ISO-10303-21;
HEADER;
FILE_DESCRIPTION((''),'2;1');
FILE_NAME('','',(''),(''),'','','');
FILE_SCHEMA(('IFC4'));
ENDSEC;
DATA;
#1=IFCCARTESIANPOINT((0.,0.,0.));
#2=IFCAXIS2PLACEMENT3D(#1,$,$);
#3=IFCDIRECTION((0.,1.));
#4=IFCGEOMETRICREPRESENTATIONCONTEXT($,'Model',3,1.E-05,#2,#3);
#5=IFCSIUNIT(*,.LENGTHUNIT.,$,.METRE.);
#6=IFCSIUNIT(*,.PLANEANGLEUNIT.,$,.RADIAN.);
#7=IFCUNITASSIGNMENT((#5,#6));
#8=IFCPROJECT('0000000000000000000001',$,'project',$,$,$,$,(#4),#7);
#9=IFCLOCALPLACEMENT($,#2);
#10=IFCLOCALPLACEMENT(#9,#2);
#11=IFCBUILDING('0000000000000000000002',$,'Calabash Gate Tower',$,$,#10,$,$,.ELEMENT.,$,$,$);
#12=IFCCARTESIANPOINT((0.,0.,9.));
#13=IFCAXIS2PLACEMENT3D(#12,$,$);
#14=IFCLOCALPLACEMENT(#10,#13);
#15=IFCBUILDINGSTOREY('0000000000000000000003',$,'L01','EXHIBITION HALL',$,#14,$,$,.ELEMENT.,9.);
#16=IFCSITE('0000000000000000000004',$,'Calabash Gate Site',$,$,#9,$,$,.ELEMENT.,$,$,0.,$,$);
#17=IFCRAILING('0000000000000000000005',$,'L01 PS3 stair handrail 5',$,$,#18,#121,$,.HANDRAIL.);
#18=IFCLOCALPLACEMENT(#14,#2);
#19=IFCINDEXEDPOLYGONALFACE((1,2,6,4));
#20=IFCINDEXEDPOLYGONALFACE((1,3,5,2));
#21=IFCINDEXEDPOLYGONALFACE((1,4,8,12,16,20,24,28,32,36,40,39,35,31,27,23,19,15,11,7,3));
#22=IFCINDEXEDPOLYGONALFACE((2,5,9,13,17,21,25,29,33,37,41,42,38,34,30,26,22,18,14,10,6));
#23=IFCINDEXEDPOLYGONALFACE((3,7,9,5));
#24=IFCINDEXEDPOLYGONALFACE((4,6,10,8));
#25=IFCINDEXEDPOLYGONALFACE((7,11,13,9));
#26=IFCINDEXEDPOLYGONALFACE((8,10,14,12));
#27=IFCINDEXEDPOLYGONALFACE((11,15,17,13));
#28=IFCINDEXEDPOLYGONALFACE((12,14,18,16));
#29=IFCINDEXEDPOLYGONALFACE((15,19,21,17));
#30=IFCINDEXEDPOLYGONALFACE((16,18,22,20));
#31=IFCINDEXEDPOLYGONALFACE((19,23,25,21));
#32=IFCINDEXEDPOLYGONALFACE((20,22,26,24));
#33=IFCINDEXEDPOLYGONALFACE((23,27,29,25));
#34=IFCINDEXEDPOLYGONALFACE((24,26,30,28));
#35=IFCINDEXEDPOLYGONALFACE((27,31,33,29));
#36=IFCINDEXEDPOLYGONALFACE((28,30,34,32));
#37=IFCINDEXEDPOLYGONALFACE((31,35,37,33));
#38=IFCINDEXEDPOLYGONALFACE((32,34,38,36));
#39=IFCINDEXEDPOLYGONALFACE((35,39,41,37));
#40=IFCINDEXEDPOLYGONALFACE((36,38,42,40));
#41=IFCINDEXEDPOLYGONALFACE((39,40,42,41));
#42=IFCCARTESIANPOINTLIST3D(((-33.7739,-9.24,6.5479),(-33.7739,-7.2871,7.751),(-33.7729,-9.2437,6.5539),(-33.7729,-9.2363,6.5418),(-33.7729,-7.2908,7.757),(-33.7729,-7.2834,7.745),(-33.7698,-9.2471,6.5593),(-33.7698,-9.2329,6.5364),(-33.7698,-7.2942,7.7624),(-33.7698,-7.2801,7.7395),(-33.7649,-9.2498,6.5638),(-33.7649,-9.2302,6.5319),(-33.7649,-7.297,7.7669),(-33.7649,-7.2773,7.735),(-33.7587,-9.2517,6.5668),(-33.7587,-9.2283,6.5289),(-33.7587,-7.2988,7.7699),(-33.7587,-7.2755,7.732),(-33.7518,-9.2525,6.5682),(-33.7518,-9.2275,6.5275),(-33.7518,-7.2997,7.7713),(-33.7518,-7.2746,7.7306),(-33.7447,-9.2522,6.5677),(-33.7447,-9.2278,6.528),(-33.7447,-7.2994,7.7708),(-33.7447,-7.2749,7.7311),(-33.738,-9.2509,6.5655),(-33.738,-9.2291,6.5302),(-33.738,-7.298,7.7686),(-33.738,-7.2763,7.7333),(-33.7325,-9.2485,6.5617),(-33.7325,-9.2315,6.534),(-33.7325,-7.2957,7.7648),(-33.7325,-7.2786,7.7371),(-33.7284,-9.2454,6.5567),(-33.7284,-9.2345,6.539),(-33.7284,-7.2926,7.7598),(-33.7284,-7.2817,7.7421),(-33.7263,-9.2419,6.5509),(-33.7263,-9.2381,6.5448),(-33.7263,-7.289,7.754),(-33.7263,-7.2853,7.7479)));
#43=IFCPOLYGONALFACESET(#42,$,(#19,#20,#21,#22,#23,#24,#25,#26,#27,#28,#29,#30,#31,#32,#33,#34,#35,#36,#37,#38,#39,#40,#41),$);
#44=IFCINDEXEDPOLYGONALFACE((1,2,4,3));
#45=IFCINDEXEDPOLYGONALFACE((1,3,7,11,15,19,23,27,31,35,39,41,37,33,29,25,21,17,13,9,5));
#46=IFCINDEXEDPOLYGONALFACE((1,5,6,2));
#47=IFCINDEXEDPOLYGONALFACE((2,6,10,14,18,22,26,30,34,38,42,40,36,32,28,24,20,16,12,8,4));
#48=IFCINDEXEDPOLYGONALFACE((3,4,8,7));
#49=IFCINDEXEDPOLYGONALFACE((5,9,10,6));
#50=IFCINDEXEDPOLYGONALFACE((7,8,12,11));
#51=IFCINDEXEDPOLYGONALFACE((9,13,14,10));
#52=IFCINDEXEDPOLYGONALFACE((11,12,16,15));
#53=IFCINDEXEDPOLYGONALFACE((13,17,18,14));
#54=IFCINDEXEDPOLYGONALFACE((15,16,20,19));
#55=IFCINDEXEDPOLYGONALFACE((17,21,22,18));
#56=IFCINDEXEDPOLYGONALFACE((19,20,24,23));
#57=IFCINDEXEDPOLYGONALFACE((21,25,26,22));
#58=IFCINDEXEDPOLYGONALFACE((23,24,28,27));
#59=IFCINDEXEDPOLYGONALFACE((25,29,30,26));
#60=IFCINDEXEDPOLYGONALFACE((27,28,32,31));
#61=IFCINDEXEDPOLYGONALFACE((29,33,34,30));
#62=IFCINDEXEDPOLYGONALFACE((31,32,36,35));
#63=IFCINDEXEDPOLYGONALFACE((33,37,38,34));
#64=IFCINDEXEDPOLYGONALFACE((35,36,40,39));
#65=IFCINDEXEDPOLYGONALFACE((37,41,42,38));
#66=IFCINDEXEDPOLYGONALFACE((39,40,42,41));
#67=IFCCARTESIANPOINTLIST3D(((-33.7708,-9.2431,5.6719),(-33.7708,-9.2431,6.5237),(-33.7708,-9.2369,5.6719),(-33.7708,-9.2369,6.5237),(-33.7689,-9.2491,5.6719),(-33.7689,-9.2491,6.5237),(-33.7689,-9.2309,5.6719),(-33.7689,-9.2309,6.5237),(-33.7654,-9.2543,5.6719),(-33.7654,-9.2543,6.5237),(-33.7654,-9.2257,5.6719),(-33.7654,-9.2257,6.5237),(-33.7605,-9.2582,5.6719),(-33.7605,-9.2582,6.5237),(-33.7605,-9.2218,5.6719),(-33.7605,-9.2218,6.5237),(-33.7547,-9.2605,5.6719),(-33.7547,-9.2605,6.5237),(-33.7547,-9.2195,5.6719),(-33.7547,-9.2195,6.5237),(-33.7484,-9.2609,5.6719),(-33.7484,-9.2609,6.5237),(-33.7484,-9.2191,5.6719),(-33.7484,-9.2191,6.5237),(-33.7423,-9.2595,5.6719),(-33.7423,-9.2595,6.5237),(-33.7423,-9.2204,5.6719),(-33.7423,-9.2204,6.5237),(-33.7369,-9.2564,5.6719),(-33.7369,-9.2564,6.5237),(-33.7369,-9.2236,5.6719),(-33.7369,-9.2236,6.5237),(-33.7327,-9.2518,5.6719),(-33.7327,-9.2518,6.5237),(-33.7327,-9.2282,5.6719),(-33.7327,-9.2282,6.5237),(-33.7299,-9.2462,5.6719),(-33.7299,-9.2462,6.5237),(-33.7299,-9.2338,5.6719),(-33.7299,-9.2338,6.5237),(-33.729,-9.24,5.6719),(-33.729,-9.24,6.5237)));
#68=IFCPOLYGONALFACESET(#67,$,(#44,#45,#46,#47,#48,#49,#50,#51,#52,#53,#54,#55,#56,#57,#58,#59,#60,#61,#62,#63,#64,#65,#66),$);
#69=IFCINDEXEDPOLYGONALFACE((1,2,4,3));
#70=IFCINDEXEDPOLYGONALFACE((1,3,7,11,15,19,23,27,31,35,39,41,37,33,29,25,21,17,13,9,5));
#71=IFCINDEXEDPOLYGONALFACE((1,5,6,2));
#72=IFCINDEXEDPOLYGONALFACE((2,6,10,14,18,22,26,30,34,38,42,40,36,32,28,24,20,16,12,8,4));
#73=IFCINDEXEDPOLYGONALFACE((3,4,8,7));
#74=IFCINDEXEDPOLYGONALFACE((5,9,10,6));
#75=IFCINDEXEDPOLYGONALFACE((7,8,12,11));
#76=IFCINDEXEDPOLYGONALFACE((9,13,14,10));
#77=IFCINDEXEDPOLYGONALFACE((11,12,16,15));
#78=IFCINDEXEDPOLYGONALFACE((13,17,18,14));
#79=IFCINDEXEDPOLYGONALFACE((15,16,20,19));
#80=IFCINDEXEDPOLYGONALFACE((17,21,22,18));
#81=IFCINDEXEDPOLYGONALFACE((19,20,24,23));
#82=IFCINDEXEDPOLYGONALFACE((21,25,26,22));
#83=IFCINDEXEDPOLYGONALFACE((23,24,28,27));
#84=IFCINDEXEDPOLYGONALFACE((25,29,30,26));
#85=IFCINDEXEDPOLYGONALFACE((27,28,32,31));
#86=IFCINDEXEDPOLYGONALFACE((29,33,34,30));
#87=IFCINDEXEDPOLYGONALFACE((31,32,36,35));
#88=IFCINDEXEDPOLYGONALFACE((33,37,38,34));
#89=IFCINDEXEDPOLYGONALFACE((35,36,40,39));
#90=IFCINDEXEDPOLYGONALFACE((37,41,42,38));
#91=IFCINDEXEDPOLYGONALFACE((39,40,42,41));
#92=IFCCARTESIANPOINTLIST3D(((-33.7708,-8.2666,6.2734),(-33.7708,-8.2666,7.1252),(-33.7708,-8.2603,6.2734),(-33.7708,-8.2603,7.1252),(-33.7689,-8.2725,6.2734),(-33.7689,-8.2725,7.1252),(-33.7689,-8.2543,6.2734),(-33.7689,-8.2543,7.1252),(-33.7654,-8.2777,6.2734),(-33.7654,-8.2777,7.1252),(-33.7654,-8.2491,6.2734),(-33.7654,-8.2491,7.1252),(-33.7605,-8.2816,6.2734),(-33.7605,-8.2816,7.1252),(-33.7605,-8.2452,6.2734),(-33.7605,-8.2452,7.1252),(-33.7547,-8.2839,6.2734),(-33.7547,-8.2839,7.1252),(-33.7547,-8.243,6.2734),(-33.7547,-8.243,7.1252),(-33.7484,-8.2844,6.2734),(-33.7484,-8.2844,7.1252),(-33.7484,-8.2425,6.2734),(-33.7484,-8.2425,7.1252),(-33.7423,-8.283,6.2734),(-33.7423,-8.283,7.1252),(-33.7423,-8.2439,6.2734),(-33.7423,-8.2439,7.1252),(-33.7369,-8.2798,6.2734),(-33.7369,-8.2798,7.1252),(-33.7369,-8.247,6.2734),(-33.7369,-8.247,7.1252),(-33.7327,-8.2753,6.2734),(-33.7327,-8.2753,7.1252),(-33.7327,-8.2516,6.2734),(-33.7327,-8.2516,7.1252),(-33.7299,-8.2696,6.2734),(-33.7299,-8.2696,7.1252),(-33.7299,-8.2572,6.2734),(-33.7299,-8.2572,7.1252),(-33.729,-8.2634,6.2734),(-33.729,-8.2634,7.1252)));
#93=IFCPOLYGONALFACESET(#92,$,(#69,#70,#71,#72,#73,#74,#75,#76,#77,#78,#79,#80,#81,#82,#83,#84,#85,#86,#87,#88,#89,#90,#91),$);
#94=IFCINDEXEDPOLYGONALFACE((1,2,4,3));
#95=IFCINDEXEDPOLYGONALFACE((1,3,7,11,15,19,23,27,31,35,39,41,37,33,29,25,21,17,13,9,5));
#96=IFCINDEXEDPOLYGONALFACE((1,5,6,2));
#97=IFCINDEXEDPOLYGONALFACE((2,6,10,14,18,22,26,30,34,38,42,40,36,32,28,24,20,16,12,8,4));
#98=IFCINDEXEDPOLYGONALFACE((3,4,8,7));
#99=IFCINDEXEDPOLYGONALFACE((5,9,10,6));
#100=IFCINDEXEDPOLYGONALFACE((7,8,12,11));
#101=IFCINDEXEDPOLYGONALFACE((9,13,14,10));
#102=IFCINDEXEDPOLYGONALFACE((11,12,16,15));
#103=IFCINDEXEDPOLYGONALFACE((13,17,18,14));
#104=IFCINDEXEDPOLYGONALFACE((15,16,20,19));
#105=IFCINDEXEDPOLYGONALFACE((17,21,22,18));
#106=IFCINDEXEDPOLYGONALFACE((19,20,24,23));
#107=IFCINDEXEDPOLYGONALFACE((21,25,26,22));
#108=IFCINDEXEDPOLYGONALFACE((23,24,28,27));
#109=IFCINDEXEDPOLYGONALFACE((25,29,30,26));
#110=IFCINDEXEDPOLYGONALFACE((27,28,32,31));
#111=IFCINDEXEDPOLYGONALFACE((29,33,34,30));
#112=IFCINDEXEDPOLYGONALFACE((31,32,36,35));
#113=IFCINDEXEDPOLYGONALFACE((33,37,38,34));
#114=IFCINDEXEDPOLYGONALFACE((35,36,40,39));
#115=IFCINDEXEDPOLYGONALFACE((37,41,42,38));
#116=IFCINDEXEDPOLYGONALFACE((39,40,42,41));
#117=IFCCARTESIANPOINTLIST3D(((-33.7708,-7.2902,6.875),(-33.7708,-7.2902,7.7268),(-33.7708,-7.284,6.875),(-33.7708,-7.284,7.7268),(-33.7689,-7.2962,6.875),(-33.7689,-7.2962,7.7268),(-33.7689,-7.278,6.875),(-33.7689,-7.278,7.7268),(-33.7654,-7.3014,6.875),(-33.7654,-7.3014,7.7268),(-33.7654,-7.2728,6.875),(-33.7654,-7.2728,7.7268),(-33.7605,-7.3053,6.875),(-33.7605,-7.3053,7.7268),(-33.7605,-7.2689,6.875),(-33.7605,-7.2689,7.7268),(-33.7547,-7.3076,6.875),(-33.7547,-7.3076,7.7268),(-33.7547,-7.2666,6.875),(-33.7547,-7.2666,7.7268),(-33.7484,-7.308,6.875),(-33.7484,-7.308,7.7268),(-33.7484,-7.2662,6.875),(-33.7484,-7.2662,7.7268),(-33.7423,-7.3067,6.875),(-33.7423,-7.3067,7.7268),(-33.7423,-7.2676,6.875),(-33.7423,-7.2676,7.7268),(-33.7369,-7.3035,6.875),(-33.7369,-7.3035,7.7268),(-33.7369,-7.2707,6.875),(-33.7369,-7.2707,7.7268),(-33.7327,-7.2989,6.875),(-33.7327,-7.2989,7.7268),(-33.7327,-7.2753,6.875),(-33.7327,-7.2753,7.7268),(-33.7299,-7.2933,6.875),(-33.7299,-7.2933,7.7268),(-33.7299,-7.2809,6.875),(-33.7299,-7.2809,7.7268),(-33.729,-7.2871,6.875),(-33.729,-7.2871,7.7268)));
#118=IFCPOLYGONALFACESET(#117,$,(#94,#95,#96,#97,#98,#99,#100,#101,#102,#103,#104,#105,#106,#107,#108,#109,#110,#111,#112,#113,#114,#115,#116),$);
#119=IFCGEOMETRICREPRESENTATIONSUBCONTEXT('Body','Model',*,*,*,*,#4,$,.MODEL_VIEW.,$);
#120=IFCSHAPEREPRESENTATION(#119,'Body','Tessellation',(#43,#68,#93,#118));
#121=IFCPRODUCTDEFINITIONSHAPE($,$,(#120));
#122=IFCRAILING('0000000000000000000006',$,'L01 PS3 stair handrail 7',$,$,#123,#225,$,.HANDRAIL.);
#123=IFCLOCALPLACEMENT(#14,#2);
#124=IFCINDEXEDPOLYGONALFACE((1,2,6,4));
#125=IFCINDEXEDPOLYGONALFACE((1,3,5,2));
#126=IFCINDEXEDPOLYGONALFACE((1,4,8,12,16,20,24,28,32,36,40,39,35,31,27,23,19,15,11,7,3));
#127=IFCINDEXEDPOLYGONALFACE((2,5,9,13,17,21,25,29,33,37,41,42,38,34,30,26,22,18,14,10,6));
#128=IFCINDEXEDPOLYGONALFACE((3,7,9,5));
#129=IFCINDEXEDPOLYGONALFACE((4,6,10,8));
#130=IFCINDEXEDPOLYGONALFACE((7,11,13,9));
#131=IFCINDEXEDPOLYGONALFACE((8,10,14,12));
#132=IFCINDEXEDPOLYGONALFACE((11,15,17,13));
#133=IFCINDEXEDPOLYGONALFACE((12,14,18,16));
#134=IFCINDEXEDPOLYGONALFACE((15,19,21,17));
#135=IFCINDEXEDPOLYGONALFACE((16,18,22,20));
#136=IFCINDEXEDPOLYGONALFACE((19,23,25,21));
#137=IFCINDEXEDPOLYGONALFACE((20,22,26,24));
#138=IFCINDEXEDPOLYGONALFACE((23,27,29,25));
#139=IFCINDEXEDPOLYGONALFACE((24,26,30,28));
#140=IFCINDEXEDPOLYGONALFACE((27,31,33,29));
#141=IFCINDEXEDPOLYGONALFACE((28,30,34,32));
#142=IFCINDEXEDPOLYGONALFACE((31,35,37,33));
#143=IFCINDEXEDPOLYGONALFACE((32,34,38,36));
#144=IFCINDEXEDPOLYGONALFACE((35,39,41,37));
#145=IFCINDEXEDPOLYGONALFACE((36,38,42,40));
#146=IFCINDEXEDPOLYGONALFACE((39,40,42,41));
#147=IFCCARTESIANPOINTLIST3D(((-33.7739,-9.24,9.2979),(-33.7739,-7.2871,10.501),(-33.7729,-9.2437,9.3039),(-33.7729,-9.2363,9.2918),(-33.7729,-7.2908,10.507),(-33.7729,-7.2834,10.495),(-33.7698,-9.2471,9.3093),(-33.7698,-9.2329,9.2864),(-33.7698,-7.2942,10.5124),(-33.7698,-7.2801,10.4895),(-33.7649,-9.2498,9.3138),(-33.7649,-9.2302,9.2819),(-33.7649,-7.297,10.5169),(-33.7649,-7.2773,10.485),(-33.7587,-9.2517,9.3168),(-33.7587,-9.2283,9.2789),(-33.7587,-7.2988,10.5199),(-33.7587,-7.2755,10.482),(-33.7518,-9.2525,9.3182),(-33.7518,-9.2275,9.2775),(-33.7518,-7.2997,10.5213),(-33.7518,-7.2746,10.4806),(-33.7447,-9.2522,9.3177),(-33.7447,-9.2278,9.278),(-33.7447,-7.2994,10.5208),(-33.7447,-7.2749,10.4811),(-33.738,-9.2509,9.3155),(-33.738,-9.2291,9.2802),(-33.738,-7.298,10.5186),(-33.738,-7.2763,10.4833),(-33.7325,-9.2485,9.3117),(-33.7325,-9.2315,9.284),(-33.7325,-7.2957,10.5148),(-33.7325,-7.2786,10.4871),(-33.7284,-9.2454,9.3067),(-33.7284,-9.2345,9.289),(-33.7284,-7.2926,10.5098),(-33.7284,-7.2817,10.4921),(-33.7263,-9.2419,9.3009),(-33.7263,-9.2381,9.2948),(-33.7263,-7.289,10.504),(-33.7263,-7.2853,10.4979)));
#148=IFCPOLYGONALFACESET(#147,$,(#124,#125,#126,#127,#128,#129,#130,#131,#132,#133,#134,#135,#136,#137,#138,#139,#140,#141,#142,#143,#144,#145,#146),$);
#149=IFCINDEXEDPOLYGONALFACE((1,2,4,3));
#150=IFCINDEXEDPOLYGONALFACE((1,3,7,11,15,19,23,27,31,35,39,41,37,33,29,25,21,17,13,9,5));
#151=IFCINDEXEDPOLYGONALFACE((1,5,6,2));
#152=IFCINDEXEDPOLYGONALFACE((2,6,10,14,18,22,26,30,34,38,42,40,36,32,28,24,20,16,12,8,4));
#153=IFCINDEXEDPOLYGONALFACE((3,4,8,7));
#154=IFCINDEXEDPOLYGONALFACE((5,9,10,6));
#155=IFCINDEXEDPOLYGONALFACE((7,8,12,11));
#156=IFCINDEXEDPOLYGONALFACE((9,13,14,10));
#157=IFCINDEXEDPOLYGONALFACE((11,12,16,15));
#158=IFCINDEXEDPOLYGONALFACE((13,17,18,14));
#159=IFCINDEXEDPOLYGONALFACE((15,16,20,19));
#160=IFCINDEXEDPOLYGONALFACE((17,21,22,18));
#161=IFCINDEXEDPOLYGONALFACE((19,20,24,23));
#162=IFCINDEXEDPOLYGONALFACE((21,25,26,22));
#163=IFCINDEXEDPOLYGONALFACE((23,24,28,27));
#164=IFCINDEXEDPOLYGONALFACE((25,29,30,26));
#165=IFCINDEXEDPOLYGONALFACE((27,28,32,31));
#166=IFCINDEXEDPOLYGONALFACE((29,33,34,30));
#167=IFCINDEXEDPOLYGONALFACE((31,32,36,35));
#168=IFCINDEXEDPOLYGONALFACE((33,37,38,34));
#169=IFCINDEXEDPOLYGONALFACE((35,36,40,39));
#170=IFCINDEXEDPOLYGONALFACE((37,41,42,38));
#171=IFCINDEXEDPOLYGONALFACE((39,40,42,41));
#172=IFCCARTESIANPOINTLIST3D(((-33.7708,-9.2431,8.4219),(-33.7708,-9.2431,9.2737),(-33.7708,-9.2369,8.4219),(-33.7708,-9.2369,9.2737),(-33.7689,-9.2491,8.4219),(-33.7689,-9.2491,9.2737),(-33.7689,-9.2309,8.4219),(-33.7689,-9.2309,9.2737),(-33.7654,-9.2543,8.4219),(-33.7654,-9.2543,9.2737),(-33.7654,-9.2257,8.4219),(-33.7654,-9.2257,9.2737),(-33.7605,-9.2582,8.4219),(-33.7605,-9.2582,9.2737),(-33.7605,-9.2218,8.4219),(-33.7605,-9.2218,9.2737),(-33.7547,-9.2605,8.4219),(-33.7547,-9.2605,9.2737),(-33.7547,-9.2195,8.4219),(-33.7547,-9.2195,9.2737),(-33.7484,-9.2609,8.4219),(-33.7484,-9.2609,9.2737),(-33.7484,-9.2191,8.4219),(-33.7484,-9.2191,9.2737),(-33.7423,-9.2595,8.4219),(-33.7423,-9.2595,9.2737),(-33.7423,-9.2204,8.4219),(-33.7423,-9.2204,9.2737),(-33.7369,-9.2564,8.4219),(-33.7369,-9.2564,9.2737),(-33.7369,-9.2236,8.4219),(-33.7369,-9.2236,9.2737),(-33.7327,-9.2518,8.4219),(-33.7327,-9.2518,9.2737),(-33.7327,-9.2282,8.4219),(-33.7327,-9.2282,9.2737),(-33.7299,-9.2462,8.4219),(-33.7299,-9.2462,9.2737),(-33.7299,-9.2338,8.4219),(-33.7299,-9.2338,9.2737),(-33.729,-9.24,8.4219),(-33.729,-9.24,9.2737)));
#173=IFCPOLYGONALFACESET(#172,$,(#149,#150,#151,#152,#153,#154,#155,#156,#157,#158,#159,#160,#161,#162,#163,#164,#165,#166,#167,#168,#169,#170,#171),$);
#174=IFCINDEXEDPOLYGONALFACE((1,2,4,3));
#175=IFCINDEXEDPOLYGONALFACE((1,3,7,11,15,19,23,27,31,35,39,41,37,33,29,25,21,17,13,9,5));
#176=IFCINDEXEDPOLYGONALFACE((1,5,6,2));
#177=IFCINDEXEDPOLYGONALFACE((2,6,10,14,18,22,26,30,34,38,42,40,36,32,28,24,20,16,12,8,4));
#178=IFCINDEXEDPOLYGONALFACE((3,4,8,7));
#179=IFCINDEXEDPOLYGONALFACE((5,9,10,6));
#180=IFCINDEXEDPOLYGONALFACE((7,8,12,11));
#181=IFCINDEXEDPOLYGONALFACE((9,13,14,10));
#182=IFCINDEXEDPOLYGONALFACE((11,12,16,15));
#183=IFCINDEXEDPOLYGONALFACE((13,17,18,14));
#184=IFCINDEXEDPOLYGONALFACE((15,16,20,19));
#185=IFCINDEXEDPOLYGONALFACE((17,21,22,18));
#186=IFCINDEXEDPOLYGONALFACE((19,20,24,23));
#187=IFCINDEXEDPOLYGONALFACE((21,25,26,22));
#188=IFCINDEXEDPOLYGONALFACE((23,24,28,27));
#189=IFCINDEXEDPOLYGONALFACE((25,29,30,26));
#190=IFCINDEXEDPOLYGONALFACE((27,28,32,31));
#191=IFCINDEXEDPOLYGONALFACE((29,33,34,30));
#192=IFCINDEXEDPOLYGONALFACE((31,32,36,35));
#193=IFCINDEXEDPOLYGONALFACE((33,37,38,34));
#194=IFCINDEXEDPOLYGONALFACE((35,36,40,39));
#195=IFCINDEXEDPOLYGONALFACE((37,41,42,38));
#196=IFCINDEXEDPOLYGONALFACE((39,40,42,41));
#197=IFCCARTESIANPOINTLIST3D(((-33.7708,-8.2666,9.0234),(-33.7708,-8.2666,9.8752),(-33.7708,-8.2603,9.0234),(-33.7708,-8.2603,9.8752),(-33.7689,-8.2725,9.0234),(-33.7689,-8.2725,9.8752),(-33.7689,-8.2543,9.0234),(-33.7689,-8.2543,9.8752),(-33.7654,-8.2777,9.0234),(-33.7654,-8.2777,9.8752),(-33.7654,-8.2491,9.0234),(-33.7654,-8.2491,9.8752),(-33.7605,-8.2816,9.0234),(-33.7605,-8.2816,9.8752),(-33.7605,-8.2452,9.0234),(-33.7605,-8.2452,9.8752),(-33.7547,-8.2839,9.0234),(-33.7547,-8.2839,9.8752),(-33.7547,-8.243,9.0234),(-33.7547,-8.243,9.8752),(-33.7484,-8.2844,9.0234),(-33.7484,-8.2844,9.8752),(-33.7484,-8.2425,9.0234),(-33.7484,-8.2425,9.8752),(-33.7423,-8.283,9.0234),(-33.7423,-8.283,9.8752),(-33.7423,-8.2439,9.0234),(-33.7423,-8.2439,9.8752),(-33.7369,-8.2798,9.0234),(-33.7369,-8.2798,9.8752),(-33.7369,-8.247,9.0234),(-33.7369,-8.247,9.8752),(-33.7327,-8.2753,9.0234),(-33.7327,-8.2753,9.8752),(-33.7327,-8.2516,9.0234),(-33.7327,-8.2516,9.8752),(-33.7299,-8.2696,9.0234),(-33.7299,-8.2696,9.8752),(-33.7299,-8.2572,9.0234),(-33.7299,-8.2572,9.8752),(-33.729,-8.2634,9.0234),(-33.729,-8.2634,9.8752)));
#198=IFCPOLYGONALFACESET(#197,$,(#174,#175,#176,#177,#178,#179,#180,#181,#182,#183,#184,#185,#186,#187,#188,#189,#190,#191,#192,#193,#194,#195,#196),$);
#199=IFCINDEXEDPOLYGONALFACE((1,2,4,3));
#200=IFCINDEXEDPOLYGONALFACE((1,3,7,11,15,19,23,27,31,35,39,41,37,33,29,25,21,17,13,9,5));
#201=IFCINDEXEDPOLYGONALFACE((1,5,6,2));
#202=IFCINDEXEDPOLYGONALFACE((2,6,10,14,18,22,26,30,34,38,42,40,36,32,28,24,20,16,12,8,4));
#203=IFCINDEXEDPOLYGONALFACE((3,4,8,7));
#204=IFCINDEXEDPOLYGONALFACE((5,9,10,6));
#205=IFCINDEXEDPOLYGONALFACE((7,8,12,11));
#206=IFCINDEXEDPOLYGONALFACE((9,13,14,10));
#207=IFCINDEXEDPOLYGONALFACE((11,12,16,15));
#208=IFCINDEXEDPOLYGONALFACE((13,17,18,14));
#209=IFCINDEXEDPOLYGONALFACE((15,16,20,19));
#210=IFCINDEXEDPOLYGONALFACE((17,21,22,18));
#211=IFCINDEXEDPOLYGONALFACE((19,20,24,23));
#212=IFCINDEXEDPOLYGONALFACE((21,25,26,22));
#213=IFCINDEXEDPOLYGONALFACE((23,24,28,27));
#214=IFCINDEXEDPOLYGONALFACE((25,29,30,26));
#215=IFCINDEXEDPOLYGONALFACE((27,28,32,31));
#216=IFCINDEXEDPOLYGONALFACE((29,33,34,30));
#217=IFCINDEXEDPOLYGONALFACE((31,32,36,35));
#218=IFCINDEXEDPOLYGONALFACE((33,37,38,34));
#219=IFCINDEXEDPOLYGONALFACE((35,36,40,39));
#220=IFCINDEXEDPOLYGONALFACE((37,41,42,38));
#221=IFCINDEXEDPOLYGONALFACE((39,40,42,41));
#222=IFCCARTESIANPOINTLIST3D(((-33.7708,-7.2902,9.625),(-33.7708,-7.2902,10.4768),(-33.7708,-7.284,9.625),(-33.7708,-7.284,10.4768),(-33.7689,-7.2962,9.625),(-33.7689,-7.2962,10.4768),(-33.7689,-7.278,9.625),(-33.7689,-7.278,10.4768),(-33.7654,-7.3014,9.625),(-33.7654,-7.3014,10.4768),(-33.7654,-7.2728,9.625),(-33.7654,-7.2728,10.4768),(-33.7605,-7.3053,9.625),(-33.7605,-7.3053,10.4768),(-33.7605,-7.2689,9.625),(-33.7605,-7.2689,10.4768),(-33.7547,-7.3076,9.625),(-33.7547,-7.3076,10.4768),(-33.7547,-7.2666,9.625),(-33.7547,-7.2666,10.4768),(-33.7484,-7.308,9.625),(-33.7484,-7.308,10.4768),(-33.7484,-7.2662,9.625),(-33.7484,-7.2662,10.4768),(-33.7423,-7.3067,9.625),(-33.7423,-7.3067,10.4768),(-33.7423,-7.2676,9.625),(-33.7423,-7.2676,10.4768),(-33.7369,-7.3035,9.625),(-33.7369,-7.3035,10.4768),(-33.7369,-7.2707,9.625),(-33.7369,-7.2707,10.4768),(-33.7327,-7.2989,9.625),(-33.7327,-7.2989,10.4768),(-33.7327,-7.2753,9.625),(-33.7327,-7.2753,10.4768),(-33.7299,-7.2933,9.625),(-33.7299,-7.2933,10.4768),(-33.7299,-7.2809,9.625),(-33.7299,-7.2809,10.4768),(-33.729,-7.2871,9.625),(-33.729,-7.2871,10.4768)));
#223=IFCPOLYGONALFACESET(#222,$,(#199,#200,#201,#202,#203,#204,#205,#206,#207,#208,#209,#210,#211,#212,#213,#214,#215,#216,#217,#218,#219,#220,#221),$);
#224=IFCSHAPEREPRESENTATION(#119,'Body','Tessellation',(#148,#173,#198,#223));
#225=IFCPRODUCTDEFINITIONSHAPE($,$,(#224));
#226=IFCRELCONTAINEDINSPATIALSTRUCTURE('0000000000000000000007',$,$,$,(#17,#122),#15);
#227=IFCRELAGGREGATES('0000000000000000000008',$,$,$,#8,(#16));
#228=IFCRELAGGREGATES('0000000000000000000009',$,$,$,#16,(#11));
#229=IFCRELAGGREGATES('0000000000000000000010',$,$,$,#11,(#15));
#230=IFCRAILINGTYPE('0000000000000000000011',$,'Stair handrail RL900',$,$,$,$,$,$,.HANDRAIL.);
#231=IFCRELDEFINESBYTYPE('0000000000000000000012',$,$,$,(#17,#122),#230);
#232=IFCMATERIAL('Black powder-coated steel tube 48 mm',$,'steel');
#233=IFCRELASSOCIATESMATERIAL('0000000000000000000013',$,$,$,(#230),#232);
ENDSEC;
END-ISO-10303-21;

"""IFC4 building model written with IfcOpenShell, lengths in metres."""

from ifc_helpers import new_model, si_unit, direction, frame, origin, origin_2d, place, context, subcontext, project, spatial, circle, extrude, material, type_object, element, save


model = new_model("IFC4")

# Units and contexts
model_context = context("Model", 3, precision=1e-05, world=origin(), true_north=direction((0.0, 1.0)))
body_context = subcontext(model_context, "Body", "Model", "MODEL_VIEW")
ifc_project = project(units=[si_unit("LENGTHUNIT", "METRE"), si_unit("PLANEANGLEUNIT", "RADIAN")], contexts=[model_context])

# Site, building, storey
site_placement = place(None, origin())
site = spatial("IfcSite", under=ifc_project, at=site_placement, Name="Calabash Gate Site", CompositionType="ELEMENT", RefElevation=0.0)
building_placement = place(site_placement, origin())
building = spatial("IfcBuilding", under=site, at=building_placement, Name="Calabash Gate Tower", CompositionType="ELEMENT")
storey_placement = place(building_placement, frame((0.0, 0.0, 9.0)))
storey = spatial("IfcBuildingStorey", under=building, at=storey_placement, Name="L01", Description="EXHIBITION HALL", CompositionType="ELEMENT", Elevation=9.0)

# Railings
ifc_material_1 = material(Name="Black powder-coated steel tube 48 mm", Category="steel")
railing_type_1 = type_object("IfcRailingType", Name="Stair handrail RL900", PredefinedType="HANDRAIL", material=ifc_material_1)
for number, where, name in (
    (1, (-33.75, -9.24, 5.6719), "L01 PS3 stair handrail 5"),
    (2, (-33.75, -9.24, 8.4219), "L01 PS3 stair handrail 7"),
):
    element("IfcRailing", number, at=place(storey_placement, frame(where)), inside=storey, type_object=railing_type_1, Name=name, PredefinedType="HANDRAIL", context=body_context, shape_type="SweptSolid", body=[
        extrude(circle(Radius=0.0239, at=origin_2d()), frame((0.0, 0.0, 0.876), z_axis=(0.0, 0.851395, 0.524525), x_axis=(-1.0, 0.0, 0.0)), (0.0, 0.0, 1.0), 2.2937),
        extrude(circle(Radius=0.021, at=origin_2d()), origin(), (0.0, 0.0, 1.0), 0.8518),
        extrude(circle(Radius=0.021, at=origin_2d()), frame((0.0, 0.9766, 0.6016)), (0.0, 0.0, 1.0), 0.8518),
        extrude(circle(Radius=0.021, at=origin_2d()), frame((0.0, 1.9529, 1.2031)), (0.0, 0.0, 1.0), 0.8518),
    ])

save(model, "model.ifc")
